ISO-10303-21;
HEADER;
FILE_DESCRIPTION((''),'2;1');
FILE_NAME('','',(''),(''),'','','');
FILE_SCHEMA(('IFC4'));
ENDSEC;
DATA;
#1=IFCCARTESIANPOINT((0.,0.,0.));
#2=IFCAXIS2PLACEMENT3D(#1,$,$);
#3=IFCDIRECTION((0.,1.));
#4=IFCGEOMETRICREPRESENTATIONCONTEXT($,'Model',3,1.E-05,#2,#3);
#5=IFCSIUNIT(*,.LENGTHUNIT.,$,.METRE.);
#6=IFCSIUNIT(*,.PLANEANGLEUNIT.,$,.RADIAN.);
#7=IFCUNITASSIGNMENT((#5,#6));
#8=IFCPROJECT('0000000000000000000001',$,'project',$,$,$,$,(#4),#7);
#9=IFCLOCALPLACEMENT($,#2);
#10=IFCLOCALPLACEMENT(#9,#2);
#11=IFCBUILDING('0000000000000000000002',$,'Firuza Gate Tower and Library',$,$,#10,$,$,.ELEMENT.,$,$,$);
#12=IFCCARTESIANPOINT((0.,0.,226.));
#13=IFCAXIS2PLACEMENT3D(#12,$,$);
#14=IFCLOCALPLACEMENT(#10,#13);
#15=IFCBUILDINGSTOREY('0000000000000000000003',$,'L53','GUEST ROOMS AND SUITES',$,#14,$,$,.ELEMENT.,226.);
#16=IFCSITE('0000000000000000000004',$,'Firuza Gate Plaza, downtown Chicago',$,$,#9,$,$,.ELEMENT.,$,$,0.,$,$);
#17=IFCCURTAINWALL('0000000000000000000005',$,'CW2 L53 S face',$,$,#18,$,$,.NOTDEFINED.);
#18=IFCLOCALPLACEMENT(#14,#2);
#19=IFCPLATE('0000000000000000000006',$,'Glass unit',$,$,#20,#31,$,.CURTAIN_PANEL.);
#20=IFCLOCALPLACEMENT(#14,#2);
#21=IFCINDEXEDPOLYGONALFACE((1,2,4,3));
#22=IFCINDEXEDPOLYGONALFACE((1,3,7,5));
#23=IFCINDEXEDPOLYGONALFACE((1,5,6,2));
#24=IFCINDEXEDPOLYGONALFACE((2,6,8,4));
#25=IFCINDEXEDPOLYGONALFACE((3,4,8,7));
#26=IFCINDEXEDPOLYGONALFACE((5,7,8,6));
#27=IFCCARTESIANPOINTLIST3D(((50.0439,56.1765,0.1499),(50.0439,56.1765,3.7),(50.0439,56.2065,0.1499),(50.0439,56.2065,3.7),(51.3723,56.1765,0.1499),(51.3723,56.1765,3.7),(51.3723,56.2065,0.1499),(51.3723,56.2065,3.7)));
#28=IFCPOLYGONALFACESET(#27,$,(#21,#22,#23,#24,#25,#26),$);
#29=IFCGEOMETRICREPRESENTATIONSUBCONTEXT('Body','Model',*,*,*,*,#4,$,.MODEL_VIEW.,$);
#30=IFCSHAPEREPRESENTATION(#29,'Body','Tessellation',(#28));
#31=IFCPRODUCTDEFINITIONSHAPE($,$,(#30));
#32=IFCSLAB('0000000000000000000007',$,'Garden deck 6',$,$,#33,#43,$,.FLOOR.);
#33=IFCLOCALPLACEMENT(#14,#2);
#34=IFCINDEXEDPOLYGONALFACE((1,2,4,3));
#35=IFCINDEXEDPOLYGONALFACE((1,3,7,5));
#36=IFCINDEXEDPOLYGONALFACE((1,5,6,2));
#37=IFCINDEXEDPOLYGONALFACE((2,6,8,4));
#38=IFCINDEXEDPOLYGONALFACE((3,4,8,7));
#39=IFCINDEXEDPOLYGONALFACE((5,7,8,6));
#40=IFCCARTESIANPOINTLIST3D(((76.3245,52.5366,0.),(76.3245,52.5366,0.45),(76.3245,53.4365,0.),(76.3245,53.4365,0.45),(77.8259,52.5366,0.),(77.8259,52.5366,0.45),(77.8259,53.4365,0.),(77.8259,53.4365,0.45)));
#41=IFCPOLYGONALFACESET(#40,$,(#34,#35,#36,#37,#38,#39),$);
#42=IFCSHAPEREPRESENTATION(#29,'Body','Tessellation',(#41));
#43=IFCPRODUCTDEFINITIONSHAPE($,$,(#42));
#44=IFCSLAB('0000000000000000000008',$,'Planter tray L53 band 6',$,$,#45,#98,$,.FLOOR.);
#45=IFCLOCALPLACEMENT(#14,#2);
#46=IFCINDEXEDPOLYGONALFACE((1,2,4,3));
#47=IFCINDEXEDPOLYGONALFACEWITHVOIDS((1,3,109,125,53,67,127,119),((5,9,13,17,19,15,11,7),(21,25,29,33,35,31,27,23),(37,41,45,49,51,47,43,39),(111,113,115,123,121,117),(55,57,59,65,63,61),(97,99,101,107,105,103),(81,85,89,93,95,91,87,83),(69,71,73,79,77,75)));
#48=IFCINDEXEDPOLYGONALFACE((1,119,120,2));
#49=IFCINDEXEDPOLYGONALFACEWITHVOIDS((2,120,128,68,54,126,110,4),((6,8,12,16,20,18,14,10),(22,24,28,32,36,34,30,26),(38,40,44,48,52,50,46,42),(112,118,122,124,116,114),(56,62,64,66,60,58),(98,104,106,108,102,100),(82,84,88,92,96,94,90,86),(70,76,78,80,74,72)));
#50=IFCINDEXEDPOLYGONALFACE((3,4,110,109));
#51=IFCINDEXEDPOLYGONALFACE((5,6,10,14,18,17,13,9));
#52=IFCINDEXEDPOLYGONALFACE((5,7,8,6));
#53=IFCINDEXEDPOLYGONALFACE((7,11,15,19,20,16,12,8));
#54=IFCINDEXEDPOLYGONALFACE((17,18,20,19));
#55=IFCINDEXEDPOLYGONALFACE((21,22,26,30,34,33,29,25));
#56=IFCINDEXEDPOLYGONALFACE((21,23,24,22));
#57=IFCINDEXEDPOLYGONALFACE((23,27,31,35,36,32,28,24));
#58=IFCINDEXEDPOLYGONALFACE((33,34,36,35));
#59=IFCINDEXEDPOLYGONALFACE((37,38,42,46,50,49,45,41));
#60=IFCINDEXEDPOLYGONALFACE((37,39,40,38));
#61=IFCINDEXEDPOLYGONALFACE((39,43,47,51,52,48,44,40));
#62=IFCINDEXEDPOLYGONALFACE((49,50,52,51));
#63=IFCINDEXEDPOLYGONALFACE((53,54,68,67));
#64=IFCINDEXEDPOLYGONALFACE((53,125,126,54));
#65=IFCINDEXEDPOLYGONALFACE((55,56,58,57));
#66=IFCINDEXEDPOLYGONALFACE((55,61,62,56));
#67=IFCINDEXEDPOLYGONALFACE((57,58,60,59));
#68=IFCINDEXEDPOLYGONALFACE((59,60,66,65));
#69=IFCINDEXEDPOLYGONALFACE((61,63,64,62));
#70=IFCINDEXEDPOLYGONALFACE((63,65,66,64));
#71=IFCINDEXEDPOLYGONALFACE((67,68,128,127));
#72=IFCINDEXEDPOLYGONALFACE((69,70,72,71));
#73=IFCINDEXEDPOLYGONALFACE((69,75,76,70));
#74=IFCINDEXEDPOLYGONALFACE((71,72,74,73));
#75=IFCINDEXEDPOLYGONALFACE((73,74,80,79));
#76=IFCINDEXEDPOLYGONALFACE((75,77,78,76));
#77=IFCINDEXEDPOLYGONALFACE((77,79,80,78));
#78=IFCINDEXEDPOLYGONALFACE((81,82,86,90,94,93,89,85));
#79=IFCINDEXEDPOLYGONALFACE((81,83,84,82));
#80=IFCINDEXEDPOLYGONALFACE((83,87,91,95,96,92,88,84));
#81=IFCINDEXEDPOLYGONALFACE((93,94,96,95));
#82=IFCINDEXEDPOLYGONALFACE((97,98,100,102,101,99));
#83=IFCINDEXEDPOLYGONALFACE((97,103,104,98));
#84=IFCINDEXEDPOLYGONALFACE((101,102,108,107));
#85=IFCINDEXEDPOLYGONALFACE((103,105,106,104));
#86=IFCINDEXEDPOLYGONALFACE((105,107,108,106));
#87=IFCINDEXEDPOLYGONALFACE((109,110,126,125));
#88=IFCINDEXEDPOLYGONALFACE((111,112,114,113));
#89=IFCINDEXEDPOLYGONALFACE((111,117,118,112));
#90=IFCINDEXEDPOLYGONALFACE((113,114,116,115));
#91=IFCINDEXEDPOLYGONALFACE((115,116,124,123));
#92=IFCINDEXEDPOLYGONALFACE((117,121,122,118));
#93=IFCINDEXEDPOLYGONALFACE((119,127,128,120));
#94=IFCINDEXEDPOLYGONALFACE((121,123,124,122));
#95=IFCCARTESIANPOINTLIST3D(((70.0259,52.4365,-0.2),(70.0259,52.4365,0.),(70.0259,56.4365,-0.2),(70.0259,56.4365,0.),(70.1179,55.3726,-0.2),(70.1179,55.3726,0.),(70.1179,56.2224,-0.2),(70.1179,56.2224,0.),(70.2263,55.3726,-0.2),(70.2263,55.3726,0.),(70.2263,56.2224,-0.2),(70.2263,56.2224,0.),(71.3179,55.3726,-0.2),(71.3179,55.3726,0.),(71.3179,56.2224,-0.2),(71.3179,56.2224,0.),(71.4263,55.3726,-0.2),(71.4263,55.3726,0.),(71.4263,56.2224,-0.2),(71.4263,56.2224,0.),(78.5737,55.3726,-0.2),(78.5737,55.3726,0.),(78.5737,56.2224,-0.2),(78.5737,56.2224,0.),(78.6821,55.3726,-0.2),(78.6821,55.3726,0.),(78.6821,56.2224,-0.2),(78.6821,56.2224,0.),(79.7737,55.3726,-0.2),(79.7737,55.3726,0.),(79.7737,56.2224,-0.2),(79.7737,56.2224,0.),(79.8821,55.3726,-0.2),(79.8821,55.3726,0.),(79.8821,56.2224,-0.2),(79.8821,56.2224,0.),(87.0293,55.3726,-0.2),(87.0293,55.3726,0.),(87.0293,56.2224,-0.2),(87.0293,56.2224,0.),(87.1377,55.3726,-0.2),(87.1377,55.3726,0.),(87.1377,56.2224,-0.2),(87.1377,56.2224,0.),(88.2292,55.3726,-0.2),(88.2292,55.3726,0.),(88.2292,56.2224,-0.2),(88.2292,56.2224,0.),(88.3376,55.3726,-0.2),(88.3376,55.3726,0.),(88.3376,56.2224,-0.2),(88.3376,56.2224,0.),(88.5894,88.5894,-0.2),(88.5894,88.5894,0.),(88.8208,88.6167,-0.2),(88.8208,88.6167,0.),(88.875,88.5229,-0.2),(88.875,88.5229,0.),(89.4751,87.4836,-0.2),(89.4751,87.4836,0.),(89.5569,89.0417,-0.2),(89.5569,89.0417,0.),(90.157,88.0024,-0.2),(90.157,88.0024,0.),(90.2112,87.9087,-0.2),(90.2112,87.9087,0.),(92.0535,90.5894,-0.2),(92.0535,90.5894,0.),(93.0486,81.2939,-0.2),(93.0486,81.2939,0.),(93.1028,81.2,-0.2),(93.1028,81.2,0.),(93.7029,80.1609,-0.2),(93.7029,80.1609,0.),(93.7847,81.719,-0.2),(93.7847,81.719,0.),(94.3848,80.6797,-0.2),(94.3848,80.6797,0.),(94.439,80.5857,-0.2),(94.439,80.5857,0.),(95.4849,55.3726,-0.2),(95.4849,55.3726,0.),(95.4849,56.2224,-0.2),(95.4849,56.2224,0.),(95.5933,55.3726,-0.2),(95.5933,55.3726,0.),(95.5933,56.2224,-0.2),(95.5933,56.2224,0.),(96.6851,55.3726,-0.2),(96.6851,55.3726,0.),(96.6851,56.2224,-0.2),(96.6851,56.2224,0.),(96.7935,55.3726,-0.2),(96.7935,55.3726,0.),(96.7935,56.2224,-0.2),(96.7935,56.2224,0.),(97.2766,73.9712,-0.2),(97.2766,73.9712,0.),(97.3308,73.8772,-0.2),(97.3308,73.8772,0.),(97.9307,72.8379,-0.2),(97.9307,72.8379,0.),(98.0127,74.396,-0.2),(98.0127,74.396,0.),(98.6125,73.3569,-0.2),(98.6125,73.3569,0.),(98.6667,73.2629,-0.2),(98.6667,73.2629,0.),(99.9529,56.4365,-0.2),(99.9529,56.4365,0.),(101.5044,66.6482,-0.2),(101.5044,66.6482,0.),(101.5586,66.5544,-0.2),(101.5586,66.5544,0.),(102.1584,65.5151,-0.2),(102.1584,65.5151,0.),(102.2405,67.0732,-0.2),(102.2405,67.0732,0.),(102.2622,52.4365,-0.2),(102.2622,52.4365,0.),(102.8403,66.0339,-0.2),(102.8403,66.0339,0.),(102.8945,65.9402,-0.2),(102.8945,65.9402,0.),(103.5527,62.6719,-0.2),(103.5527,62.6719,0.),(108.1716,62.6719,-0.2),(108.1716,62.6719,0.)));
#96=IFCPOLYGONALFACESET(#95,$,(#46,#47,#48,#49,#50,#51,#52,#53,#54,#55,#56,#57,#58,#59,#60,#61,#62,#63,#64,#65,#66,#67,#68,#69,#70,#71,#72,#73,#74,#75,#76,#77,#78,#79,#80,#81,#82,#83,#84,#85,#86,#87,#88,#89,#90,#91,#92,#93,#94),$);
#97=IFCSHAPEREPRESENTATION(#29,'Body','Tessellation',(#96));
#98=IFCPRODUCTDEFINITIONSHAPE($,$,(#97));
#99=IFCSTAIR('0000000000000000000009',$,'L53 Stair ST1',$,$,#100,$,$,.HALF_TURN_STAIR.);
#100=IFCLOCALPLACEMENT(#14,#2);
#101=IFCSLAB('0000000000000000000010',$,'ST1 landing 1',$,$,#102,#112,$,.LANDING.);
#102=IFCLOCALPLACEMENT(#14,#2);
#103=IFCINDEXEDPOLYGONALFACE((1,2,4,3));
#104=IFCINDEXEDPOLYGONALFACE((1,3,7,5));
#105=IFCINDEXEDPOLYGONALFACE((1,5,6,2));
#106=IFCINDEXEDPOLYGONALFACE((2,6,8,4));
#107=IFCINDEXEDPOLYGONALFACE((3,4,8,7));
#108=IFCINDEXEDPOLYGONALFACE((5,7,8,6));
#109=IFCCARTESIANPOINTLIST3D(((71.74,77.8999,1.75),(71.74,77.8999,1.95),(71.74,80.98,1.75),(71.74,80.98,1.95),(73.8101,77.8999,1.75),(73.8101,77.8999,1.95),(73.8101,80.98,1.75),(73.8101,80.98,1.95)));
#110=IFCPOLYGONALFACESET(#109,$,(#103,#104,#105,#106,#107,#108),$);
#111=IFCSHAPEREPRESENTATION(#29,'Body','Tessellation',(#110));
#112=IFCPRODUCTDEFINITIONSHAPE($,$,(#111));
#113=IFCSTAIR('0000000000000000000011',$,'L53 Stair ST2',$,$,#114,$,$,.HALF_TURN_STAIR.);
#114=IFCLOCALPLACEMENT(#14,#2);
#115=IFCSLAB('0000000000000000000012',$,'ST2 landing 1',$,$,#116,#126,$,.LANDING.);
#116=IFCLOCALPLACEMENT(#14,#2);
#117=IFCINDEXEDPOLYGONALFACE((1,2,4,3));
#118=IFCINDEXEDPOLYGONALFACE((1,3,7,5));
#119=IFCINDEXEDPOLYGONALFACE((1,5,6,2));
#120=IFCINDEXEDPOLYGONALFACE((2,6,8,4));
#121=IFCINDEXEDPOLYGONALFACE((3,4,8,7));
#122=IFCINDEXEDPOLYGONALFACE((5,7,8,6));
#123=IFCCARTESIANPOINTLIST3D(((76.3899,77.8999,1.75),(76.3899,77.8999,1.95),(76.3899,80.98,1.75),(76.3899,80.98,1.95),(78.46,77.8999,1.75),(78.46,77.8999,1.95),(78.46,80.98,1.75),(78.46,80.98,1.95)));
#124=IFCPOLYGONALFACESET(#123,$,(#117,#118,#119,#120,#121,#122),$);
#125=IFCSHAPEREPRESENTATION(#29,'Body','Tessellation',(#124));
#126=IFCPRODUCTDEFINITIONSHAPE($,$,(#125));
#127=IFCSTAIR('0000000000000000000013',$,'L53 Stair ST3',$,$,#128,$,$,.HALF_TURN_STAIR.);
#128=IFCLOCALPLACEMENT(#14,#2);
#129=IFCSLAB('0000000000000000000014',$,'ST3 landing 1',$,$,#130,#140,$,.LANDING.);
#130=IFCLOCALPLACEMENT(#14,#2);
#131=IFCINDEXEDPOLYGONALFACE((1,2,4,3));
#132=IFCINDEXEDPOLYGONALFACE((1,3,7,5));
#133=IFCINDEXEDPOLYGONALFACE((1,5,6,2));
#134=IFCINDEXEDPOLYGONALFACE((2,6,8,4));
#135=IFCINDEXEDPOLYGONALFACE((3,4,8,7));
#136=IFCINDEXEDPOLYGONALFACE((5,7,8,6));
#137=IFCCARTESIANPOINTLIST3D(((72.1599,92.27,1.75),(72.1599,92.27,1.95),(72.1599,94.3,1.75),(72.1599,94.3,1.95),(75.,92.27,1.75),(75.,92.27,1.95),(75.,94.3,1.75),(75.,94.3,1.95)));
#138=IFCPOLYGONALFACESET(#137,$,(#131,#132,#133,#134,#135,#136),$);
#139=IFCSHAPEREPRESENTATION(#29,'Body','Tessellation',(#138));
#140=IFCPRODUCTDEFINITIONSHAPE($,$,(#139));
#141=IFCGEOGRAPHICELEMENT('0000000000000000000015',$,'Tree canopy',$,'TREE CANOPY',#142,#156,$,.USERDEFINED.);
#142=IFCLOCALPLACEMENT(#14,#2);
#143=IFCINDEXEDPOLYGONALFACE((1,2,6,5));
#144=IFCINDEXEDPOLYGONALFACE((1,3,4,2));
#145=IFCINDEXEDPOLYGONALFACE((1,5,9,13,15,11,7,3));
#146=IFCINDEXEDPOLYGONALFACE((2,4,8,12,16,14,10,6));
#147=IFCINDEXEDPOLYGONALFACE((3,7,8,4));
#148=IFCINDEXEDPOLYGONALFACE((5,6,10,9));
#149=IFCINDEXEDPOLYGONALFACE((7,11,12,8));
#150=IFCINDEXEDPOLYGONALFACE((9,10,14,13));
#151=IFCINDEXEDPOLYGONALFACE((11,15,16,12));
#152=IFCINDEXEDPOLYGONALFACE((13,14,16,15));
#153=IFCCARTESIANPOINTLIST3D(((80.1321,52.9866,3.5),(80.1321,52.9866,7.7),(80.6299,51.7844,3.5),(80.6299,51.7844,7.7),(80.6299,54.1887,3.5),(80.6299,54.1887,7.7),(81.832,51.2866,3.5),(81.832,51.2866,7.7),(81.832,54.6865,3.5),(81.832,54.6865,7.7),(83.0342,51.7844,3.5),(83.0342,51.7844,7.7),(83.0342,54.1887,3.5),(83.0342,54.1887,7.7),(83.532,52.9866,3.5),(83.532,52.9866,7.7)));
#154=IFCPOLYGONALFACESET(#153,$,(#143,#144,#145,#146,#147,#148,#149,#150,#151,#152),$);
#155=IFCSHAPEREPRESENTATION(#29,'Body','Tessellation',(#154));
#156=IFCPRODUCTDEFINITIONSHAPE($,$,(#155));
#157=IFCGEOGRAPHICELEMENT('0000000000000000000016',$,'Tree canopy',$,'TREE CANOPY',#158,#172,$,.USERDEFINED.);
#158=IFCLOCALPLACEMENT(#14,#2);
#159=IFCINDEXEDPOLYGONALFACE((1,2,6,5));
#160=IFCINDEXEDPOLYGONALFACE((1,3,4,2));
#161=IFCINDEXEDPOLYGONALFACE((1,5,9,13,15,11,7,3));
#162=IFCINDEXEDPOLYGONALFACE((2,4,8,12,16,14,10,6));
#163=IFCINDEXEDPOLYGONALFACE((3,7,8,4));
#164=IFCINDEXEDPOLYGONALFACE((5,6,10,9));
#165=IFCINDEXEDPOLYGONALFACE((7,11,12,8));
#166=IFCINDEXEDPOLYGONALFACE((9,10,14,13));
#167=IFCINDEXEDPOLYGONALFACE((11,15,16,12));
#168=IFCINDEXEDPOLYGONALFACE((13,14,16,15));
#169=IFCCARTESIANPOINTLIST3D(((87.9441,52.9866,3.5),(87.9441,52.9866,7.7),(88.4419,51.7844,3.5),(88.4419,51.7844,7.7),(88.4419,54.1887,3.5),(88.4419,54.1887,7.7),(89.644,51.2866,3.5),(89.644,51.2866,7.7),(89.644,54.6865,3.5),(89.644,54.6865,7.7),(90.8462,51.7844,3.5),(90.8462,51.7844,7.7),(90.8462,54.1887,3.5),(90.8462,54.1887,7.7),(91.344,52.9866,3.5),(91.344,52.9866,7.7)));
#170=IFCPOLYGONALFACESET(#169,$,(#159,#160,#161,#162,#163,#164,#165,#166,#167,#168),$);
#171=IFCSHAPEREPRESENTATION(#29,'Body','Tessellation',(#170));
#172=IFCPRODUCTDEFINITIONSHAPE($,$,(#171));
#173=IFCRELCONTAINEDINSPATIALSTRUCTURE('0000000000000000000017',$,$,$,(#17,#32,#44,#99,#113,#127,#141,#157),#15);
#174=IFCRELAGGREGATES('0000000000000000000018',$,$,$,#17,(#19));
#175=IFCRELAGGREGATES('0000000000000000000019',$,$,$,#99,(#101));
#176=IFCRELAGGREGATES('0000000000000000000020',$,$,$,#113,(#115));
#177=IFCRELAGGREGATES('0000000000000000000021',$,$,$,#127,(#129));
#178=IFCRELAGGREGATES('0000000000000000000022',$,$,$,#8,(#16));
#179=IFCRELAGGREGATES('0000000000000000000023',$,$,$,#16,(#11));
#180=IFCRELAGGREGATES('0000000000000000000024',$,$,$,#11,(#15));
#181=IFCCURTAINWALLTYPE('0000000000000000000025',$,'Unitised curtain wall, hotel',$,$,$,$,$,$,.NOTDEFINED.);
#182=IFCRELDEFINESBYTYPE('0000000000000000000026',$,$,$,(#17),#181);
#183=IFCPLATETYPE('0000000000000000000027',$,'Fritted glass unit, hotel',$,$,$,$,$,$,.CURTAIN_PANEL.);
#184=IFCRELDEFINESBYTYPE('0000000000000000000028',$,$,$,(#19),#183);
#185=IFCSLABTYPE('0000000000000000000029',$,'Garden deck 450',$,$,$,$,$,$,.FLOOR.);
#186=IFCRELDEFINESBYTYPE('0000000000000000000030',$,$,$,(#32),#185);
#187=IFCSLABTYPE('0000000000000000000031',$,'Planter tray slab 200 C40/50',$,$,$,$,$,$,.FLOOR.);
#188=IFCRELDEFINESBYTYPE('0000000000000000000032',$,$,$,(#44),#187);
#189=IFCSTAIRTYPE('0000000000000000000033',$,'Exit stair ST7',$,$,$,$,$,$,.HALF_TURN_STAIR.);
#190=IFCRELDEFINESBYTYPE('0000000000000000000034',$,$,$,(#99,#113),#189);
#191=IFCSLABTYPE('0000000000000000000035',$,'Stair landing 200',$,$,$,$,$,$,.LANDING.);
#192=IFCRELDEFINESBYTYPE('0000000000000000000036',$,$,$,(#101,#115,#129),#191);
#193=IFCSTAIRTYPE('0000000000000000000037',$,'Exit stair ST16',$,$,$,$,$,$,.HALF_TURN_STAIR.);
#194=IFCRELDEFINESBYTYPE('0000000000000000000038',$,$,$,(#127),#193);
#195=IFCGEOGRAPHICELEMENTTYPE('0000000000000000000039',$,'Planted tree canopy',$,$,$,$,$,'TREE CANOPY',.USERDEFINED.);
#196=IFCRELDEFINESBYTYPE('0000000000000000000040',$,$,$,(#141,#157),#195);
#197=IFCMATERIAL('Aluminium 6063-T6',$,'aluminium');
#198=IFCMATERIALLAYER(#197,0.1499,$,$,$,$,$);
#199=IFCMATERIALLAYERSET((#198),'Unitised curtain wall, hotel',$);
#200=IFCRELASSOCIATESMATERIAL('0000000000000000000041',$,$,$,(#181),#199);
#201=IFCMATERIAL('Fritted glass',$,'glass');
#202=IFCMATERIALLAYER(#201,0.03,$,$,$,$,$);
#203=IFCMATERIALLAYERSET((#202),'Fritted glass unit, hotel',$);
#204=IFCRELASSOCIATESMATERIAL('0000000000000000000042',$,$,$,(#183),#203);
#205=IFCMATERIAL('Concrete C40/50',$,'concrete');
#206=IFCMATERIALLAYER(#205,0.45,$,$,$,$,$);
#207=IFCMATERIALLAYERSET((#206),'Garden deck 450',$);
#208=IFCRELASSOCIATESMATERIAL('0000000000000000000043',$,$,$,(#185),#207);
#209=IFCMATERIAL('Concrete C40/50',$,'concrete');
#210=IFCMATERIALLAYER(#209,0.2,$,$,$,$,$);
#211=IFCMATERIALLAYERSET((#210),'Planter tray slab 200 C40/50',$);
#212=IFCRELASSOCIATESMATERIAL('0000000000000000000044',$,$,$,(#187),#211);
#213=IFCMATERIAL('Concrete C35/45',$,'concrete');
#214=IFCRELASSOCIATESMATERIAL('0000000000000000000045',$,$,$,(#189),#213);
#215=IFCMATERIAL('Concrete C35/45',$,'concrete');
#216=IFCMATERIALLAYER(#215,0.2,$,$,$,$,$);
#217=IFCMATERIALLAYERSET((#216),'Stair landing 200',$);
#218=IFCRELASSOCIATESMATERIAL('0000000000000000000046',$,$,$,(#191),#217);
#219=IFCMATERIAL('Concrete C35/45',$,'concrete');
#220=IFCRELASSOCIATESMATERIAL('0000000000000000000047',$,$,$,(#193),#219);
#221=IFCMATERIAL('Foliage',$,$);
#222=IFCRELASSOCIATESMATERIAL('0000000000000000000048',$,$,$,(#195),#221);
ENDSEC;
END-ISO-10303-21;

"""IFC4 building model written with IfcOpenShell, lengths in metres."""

from ifc_helpers import new_model, si_unit, direction, frame, origin, place, context, subcontext, project, spatial, polyline, outline, extrude, material, layer, layer_set, type_object, element, aggregate, save


model = new_model("IFC4")

# Units and contexts
model_context = context("Model", 3, precision=1e-05, world=origin(), true_north=direction((0.0, 1.0)))
body_context = subcontext(model_context, "Body", "Model", "MODEL_VIEW")
ifc_project = project(units=[si_unit("LENGTHUNIT", "METRE"), si_unit("PLANEANGLEUNIT", "RADIAN")], contexts=[model_context])

# Site, building, storey
site_placement = place(None, origin())
site = spatial("IfcSite", under=ifc_project, at=site_placement, Name="Firuza Gate Plaza, downtown Chicago", CompositionType="ELEMENT", RefElevation=0.0)
building_placement = place(site_placement, origin())
building = spatial("IfcBuilding", under=site, at=building_placement, Name="Firuza Gate Tower and Library", CompositionType="ELEMENT")
storey_placement = place(building_placement, frame((0.0, 0.0, 226.0)))
storey = spatial("IfcBuildingStorey", under=building, at=storey_placement, Name="L53", Description="GUEST ROOMS AND SUITES", CompositionType="ELEMENT", Elevation=226.0)

# Shared definitions
placement_1 = place(storey_placement, frame((0.0, 0.0, -0.2)))

# Curtain wall, plate
ifc_material_1 = material(Name="Aluminium 6063-T6", Category="aluminium")
ifc_layer_1 = layer(ifc_material_1, 0.1499)
ifc_layer_set_1 = layer_set([ifc_layer_1], Name="Unitised curtain wall, hotel")
curtain_wall_type = type_object("IfcCurtainWallType", Name="Unitised curtain wall, hotel", PredefinedType="NOTDEFINED", material=ifc_layer_set_1)
placement_2 = place(storey_placement, origin())
curtain_wall = element("IfcCurtainWall", 1, at=placement_2, inside=storey, type_object=curtain_wall_type, Name="CW2 L53 S face", PredefinedType="NOTDEFINED")
ifc_material_2 = material(Name="Fritted glass", Category="glass")
ifc_layer_2 = layer(ifc_material_2, 0.03)
ifc_layer_set_2 = layer_set([ifc_layer_2], Name="Fritted glass unit, hotel")
plate_type_1 = type_object("IfcPlateType", Name="Fritted glass unit, hotel", PredefinedType="CURTAIN_PANEL", material=ifc_layer_set_2)
plate_1_placement = place(storey_placement, frame((50.0439, 56.1765, 0.1499), z_axis=(0.0, -1.0, 0.0), x_axis=(1.0, 0.0, 0.0)))
plate_1 = element("IfcPlate", 2, at=plate_1_placement, type_object=plate_type_1, Name="Glass unit", PredefinedType="CURTAIN_PANEL", context=body_context, shape_type="SweptSolid", body=[
    extrude(outline(polyline([(0.0, 0.0), (1.3284, 0.0), (1.3284, 3.55), (0.0, 3.55), (0.0, 0.0)])), origin(), (0.0, 0.0, -1.0), 0.03),
])
aggregate(curtain_wall, [plate_1])

# Slabs
ifc_material_3 = material(Name="Concrete C40/50", Category="concrete")
ifc_layer_3 = layer(ifc_material_3, 0.45)
ifc_layer_set_3 = layer_set([ifc_layer_3], Name="Garden deck 450")
slab_type_1 = type_object("IfcSlabType", Name="Garden deck 450", PredefinedType="FLOOR", material=ifc_layer_set_3)
element("IfcSlab", 3, at=placement_2, inside=storey, type_object=slab_type_1, Name="Garden deck 6", PredefinedType="FLOOR", context=body_context, shape_type="SweptSolid", body=[
    extrude(outline(polyline([(76.3245, 52.5366), (77.8259, 52.5366), (77.8259, 53.4365), (76.3245, 53.4365), (76.3245, 52.5366)])), origin(), (0.0, 0.0, 1.0), 0.45),
])
ifc_material_4 = material(Name="Concrete C40/50", Category="concrete")
ifc_layer_4 = layer(ifc_material_4, 0.2)
ifc_layer_set_4 = layer_set([ifc_layer_4], Name="Planter tray slab 200 C40/50")
slab_type_2 = type_object("IfcSlabType", Name="Planter tray slab 200 C40/50", PredefinedType="FLOOR", material=ifc_layer_set_4)
element("IfcSlab", 4, at=placement_1, inside=storey, type_object=slab_type_2, Name="Planter tray L53 band 6", PredefinedType="FLOOR", context=body_context, shape_type="SweptSolid", body=[
    extrude(outline(polyline([(70.0259, 56.4365), (70.0259, 52.4365), (102.2622, 52.4365), (108.1716, 62.6719), (92.0535, 90.5894), (88.5894, 88.5894), (103.5527, 62.6719), (99.9529, 56.4365), (70.0259, 56.4365)]), holes=[polyline([(70.2263, 56.2224), (71.3179, 56.2224), (71.4263, 56.2224), (71.4263, 55.3726), (71.3179, 55.3726), (70.2263, 55.3726), (70.1179, 55.3726), (70.1179, 56.2224), (70.2263, 56.2224)]), polyline([(78.6821, 56.2224), (79.7737, 56.2224), (79.8821, 56.2224), (79.8821, 55.3726), (79.7737, 55.3726), (78.6821, 55.3726), (78.5737, 55.3726), (78.5737, 56.2224), (78.6821, 56.2224)]), polyline([(95.5933, 56.2224), (96.6851, 56.2224), (96.7935, 56.2224), (96.7935, 55.3726), (96.6851, 55.3726), (95.5933, 55.3726), (95.4849, 55.3726), (95.4849, 56.2224), (95.5933, 56.2224)]), polyline([(87.1377, 56.2224), (88.2292, 56.2224), (88.3376, 56.2224), (88.3376, 55.3726), (88.2292, 55.3726), (87.1377, 55.3726), (87.0293, 55.3726), (87.0293, 56.2224), (87.1377, 56.2224)]), polyline([(101.5586, 66.5544), (101.5044, 66.6482), (102.2405, 67.0732), (102.8403, 66.0339), (102.8403, 66.0339), (102.8945, 65.9402), (102.1584, 65.5151), (101.5586, 66.5544), (101.5586, 66.5544)]), polyline([(97.9307, 72.8379), (97.3308, 73.8772), (97.3308, 73.8772), (97.2766, 73.9712), (98.0127, 74.396), (98.6125, 73.3569), (98.6125, 73.3569), (98.6667, 73.2629), (97.9307, 72.8379)]), polyline([(93.0486, 81.2939), (93.7847, 81.719), (94.3848, 80.6797), (94.3848, 80.6797), (94.439, 80.5857), (93.7029, 80.1609), (93.1028, 81.2), (93.1028, 81.2), (93.0486, 81.2939)]), polyline([(88.8208, 88.6167), (89.5569, 89.0417), (90.157, 88.0024), (90.157, 88.0024), (90.2112, 87.9087), (89.4751, 87.4836), (88.875, 88.5229), (88.875, 88.5229), (88.8208, 88.6167)])]), origin(), (0.0, 0.0, 1.0), 0.2),
])

# Stairs, slabs
ifc_material_5 = material(Name="Concrete C35/45", Category="concrete")
stair_type_1 = type_object("IfcStairType", Name="Exit stair ST7", PredefinedType="HALF_TURN_STAIR", material=ifc_material_5)
stair_1 = element("IfcStair", 5, at=placement_2, inside=storey, type_object=stair_type_1, Name="L53 Stair ST1", PredefinedType="HALF_TURN_STAIR")
ifc_material_6 = material(Name="Concrete C35/45", Category="concrete")
ifc_layer_5 = layer(ifc_material_6, 0.2)
ifc_layer_set_5 = layer_set([ifc_layer_5], Name="Stair landing 200")
slab_type_3 = type_object("IfcSlabType", Name="Stair landing 200", PredefinedType="LANDING", material=ifc_layer_set_5)
placement_3 = place(storey_placement, frame((0.0, 0.0, 1.75)))
slab_1 = element("IfcSlab", 6, at=placement_3, type_object=slab_type_3, Name="ST1 landing 1", PredefinedType="LANDING", context=body_context, shape_type="SweptSolid", body=[
    extrude(outline(polyline([(71.74, 77.8999), (73.8101, 77.8999), (73.8101, 80.98), (71.74, 80.98), (71.74, 77.8999)])), origin(), (0.0, 0.0, 1.0), 0.2),
])
aggregate(stair_1, [slab_1])
stair_2 = element("IfcStair", 7, at=placement_2, inside=storey, type_object=stair_type_1, Name="L53 Stair ST2", PredefinedType="HALF_TURN_STAIR")
slab_2 = element("IfcSlab", 8, at=placement_3, type_object=slab_type_3, Name="ST2 landing 1", PredefinedType="LANDING", context=body_context, shape_type="SweptSolid", body=[
    extrude(outline(polyline([(78.46, 80.98), (76.3899, 80.98), (76.3899, 77.8999), (78.46, 77.8999), (78.46, 80.98)])), origin(), (0.0, 0.0, 1.0), 0.2),
])
aggregate(stair_2, [slab_2])
ifc_material_7 = material(Name="Concrete C35/45", Category="concrete")
stair_type_2 = type_object("IfcStairType", Name="Exit stair ST16", PredefinedType="HALF_TURN_STAIR", material=ifc_material_7)
stair_3 = element("IfcStair", 9, at=placement_2, inside=storey, type_object=stair_type_2, Name="L53 Stair ST3", PredefinedType="HALF_TURN_STAIR")
slab_3 = element("IfcSlab", 10, at=placement_3, type_object=slab_type_3, Name="ST3 landing 1", PredefinedType="LANDING", context=body_context, shape_type="SweptSolid", body=[
    extrude(outline(polyline([(75.0, 92.27), (75.0, 94.3), (72.1599, 94.3), (72.1599, 92.27), (75.0, 92.27)])), origin(), (0.0, 0.0, 1.0), 0.2),
])
aggregate(stair_3, [slab_3])

# Geographic elements
ifc_material_8 = material(Name="Foliage")
geographic_element_type = type_object("IfcGeographicElementType", Name="Planted tree canopy", ElementType="TREE CANOPY", PredefinedType="USERDEFINED", material=ifc_material_8)
placement_4 = place(storey_placement, frame((0.0, 0.0, 3.5)))
element("IfcGeographicElement", 11, at=placement_4, inside=storey, type_object=geographic_element_type, Name="Tree canopy", ObjectType="TREE CANOPY", PredefinedType="USERDEFINED", context=body_context, shape_type="SweptSolid", body=[
    extrude(outline(polyline([(83.532, 52.9866), (83.0342, 54.1887), (81.832, 54.6865), (80.6299, 54.1887), (80.1321, 52.9866), (80.6299, 51.7844), (81.832, 51.2866), (83.0342, 51.7844), (83.532, 52.9866)])), origin(), (0.0, 0.0, 1.0), 4.2),
])
element("IfcGeographicElement", 12, at=placement_4, inside=storey, type_object=geographic_element_type, Name="Tree canopy", ObjectType="TREE CANOPY", PredefinedType="USERDEFINED", context=body_context, shape_type="SweptSolid", body=[
    extrude(outline(polyline([(91.344, 52.9866), (90.8462, 54.1887), (89.644, 54.6865), (88.4419, 54.1887), (87.9441, 52.9866), (88.4419, 51.7844), (89.644, 51.2866), (90.8462, 51.7844), (91.344, 52.9866)])), origin(), (0.0, 0.0, 1.0), 4.2),
])

save(model, "model.ifc")
